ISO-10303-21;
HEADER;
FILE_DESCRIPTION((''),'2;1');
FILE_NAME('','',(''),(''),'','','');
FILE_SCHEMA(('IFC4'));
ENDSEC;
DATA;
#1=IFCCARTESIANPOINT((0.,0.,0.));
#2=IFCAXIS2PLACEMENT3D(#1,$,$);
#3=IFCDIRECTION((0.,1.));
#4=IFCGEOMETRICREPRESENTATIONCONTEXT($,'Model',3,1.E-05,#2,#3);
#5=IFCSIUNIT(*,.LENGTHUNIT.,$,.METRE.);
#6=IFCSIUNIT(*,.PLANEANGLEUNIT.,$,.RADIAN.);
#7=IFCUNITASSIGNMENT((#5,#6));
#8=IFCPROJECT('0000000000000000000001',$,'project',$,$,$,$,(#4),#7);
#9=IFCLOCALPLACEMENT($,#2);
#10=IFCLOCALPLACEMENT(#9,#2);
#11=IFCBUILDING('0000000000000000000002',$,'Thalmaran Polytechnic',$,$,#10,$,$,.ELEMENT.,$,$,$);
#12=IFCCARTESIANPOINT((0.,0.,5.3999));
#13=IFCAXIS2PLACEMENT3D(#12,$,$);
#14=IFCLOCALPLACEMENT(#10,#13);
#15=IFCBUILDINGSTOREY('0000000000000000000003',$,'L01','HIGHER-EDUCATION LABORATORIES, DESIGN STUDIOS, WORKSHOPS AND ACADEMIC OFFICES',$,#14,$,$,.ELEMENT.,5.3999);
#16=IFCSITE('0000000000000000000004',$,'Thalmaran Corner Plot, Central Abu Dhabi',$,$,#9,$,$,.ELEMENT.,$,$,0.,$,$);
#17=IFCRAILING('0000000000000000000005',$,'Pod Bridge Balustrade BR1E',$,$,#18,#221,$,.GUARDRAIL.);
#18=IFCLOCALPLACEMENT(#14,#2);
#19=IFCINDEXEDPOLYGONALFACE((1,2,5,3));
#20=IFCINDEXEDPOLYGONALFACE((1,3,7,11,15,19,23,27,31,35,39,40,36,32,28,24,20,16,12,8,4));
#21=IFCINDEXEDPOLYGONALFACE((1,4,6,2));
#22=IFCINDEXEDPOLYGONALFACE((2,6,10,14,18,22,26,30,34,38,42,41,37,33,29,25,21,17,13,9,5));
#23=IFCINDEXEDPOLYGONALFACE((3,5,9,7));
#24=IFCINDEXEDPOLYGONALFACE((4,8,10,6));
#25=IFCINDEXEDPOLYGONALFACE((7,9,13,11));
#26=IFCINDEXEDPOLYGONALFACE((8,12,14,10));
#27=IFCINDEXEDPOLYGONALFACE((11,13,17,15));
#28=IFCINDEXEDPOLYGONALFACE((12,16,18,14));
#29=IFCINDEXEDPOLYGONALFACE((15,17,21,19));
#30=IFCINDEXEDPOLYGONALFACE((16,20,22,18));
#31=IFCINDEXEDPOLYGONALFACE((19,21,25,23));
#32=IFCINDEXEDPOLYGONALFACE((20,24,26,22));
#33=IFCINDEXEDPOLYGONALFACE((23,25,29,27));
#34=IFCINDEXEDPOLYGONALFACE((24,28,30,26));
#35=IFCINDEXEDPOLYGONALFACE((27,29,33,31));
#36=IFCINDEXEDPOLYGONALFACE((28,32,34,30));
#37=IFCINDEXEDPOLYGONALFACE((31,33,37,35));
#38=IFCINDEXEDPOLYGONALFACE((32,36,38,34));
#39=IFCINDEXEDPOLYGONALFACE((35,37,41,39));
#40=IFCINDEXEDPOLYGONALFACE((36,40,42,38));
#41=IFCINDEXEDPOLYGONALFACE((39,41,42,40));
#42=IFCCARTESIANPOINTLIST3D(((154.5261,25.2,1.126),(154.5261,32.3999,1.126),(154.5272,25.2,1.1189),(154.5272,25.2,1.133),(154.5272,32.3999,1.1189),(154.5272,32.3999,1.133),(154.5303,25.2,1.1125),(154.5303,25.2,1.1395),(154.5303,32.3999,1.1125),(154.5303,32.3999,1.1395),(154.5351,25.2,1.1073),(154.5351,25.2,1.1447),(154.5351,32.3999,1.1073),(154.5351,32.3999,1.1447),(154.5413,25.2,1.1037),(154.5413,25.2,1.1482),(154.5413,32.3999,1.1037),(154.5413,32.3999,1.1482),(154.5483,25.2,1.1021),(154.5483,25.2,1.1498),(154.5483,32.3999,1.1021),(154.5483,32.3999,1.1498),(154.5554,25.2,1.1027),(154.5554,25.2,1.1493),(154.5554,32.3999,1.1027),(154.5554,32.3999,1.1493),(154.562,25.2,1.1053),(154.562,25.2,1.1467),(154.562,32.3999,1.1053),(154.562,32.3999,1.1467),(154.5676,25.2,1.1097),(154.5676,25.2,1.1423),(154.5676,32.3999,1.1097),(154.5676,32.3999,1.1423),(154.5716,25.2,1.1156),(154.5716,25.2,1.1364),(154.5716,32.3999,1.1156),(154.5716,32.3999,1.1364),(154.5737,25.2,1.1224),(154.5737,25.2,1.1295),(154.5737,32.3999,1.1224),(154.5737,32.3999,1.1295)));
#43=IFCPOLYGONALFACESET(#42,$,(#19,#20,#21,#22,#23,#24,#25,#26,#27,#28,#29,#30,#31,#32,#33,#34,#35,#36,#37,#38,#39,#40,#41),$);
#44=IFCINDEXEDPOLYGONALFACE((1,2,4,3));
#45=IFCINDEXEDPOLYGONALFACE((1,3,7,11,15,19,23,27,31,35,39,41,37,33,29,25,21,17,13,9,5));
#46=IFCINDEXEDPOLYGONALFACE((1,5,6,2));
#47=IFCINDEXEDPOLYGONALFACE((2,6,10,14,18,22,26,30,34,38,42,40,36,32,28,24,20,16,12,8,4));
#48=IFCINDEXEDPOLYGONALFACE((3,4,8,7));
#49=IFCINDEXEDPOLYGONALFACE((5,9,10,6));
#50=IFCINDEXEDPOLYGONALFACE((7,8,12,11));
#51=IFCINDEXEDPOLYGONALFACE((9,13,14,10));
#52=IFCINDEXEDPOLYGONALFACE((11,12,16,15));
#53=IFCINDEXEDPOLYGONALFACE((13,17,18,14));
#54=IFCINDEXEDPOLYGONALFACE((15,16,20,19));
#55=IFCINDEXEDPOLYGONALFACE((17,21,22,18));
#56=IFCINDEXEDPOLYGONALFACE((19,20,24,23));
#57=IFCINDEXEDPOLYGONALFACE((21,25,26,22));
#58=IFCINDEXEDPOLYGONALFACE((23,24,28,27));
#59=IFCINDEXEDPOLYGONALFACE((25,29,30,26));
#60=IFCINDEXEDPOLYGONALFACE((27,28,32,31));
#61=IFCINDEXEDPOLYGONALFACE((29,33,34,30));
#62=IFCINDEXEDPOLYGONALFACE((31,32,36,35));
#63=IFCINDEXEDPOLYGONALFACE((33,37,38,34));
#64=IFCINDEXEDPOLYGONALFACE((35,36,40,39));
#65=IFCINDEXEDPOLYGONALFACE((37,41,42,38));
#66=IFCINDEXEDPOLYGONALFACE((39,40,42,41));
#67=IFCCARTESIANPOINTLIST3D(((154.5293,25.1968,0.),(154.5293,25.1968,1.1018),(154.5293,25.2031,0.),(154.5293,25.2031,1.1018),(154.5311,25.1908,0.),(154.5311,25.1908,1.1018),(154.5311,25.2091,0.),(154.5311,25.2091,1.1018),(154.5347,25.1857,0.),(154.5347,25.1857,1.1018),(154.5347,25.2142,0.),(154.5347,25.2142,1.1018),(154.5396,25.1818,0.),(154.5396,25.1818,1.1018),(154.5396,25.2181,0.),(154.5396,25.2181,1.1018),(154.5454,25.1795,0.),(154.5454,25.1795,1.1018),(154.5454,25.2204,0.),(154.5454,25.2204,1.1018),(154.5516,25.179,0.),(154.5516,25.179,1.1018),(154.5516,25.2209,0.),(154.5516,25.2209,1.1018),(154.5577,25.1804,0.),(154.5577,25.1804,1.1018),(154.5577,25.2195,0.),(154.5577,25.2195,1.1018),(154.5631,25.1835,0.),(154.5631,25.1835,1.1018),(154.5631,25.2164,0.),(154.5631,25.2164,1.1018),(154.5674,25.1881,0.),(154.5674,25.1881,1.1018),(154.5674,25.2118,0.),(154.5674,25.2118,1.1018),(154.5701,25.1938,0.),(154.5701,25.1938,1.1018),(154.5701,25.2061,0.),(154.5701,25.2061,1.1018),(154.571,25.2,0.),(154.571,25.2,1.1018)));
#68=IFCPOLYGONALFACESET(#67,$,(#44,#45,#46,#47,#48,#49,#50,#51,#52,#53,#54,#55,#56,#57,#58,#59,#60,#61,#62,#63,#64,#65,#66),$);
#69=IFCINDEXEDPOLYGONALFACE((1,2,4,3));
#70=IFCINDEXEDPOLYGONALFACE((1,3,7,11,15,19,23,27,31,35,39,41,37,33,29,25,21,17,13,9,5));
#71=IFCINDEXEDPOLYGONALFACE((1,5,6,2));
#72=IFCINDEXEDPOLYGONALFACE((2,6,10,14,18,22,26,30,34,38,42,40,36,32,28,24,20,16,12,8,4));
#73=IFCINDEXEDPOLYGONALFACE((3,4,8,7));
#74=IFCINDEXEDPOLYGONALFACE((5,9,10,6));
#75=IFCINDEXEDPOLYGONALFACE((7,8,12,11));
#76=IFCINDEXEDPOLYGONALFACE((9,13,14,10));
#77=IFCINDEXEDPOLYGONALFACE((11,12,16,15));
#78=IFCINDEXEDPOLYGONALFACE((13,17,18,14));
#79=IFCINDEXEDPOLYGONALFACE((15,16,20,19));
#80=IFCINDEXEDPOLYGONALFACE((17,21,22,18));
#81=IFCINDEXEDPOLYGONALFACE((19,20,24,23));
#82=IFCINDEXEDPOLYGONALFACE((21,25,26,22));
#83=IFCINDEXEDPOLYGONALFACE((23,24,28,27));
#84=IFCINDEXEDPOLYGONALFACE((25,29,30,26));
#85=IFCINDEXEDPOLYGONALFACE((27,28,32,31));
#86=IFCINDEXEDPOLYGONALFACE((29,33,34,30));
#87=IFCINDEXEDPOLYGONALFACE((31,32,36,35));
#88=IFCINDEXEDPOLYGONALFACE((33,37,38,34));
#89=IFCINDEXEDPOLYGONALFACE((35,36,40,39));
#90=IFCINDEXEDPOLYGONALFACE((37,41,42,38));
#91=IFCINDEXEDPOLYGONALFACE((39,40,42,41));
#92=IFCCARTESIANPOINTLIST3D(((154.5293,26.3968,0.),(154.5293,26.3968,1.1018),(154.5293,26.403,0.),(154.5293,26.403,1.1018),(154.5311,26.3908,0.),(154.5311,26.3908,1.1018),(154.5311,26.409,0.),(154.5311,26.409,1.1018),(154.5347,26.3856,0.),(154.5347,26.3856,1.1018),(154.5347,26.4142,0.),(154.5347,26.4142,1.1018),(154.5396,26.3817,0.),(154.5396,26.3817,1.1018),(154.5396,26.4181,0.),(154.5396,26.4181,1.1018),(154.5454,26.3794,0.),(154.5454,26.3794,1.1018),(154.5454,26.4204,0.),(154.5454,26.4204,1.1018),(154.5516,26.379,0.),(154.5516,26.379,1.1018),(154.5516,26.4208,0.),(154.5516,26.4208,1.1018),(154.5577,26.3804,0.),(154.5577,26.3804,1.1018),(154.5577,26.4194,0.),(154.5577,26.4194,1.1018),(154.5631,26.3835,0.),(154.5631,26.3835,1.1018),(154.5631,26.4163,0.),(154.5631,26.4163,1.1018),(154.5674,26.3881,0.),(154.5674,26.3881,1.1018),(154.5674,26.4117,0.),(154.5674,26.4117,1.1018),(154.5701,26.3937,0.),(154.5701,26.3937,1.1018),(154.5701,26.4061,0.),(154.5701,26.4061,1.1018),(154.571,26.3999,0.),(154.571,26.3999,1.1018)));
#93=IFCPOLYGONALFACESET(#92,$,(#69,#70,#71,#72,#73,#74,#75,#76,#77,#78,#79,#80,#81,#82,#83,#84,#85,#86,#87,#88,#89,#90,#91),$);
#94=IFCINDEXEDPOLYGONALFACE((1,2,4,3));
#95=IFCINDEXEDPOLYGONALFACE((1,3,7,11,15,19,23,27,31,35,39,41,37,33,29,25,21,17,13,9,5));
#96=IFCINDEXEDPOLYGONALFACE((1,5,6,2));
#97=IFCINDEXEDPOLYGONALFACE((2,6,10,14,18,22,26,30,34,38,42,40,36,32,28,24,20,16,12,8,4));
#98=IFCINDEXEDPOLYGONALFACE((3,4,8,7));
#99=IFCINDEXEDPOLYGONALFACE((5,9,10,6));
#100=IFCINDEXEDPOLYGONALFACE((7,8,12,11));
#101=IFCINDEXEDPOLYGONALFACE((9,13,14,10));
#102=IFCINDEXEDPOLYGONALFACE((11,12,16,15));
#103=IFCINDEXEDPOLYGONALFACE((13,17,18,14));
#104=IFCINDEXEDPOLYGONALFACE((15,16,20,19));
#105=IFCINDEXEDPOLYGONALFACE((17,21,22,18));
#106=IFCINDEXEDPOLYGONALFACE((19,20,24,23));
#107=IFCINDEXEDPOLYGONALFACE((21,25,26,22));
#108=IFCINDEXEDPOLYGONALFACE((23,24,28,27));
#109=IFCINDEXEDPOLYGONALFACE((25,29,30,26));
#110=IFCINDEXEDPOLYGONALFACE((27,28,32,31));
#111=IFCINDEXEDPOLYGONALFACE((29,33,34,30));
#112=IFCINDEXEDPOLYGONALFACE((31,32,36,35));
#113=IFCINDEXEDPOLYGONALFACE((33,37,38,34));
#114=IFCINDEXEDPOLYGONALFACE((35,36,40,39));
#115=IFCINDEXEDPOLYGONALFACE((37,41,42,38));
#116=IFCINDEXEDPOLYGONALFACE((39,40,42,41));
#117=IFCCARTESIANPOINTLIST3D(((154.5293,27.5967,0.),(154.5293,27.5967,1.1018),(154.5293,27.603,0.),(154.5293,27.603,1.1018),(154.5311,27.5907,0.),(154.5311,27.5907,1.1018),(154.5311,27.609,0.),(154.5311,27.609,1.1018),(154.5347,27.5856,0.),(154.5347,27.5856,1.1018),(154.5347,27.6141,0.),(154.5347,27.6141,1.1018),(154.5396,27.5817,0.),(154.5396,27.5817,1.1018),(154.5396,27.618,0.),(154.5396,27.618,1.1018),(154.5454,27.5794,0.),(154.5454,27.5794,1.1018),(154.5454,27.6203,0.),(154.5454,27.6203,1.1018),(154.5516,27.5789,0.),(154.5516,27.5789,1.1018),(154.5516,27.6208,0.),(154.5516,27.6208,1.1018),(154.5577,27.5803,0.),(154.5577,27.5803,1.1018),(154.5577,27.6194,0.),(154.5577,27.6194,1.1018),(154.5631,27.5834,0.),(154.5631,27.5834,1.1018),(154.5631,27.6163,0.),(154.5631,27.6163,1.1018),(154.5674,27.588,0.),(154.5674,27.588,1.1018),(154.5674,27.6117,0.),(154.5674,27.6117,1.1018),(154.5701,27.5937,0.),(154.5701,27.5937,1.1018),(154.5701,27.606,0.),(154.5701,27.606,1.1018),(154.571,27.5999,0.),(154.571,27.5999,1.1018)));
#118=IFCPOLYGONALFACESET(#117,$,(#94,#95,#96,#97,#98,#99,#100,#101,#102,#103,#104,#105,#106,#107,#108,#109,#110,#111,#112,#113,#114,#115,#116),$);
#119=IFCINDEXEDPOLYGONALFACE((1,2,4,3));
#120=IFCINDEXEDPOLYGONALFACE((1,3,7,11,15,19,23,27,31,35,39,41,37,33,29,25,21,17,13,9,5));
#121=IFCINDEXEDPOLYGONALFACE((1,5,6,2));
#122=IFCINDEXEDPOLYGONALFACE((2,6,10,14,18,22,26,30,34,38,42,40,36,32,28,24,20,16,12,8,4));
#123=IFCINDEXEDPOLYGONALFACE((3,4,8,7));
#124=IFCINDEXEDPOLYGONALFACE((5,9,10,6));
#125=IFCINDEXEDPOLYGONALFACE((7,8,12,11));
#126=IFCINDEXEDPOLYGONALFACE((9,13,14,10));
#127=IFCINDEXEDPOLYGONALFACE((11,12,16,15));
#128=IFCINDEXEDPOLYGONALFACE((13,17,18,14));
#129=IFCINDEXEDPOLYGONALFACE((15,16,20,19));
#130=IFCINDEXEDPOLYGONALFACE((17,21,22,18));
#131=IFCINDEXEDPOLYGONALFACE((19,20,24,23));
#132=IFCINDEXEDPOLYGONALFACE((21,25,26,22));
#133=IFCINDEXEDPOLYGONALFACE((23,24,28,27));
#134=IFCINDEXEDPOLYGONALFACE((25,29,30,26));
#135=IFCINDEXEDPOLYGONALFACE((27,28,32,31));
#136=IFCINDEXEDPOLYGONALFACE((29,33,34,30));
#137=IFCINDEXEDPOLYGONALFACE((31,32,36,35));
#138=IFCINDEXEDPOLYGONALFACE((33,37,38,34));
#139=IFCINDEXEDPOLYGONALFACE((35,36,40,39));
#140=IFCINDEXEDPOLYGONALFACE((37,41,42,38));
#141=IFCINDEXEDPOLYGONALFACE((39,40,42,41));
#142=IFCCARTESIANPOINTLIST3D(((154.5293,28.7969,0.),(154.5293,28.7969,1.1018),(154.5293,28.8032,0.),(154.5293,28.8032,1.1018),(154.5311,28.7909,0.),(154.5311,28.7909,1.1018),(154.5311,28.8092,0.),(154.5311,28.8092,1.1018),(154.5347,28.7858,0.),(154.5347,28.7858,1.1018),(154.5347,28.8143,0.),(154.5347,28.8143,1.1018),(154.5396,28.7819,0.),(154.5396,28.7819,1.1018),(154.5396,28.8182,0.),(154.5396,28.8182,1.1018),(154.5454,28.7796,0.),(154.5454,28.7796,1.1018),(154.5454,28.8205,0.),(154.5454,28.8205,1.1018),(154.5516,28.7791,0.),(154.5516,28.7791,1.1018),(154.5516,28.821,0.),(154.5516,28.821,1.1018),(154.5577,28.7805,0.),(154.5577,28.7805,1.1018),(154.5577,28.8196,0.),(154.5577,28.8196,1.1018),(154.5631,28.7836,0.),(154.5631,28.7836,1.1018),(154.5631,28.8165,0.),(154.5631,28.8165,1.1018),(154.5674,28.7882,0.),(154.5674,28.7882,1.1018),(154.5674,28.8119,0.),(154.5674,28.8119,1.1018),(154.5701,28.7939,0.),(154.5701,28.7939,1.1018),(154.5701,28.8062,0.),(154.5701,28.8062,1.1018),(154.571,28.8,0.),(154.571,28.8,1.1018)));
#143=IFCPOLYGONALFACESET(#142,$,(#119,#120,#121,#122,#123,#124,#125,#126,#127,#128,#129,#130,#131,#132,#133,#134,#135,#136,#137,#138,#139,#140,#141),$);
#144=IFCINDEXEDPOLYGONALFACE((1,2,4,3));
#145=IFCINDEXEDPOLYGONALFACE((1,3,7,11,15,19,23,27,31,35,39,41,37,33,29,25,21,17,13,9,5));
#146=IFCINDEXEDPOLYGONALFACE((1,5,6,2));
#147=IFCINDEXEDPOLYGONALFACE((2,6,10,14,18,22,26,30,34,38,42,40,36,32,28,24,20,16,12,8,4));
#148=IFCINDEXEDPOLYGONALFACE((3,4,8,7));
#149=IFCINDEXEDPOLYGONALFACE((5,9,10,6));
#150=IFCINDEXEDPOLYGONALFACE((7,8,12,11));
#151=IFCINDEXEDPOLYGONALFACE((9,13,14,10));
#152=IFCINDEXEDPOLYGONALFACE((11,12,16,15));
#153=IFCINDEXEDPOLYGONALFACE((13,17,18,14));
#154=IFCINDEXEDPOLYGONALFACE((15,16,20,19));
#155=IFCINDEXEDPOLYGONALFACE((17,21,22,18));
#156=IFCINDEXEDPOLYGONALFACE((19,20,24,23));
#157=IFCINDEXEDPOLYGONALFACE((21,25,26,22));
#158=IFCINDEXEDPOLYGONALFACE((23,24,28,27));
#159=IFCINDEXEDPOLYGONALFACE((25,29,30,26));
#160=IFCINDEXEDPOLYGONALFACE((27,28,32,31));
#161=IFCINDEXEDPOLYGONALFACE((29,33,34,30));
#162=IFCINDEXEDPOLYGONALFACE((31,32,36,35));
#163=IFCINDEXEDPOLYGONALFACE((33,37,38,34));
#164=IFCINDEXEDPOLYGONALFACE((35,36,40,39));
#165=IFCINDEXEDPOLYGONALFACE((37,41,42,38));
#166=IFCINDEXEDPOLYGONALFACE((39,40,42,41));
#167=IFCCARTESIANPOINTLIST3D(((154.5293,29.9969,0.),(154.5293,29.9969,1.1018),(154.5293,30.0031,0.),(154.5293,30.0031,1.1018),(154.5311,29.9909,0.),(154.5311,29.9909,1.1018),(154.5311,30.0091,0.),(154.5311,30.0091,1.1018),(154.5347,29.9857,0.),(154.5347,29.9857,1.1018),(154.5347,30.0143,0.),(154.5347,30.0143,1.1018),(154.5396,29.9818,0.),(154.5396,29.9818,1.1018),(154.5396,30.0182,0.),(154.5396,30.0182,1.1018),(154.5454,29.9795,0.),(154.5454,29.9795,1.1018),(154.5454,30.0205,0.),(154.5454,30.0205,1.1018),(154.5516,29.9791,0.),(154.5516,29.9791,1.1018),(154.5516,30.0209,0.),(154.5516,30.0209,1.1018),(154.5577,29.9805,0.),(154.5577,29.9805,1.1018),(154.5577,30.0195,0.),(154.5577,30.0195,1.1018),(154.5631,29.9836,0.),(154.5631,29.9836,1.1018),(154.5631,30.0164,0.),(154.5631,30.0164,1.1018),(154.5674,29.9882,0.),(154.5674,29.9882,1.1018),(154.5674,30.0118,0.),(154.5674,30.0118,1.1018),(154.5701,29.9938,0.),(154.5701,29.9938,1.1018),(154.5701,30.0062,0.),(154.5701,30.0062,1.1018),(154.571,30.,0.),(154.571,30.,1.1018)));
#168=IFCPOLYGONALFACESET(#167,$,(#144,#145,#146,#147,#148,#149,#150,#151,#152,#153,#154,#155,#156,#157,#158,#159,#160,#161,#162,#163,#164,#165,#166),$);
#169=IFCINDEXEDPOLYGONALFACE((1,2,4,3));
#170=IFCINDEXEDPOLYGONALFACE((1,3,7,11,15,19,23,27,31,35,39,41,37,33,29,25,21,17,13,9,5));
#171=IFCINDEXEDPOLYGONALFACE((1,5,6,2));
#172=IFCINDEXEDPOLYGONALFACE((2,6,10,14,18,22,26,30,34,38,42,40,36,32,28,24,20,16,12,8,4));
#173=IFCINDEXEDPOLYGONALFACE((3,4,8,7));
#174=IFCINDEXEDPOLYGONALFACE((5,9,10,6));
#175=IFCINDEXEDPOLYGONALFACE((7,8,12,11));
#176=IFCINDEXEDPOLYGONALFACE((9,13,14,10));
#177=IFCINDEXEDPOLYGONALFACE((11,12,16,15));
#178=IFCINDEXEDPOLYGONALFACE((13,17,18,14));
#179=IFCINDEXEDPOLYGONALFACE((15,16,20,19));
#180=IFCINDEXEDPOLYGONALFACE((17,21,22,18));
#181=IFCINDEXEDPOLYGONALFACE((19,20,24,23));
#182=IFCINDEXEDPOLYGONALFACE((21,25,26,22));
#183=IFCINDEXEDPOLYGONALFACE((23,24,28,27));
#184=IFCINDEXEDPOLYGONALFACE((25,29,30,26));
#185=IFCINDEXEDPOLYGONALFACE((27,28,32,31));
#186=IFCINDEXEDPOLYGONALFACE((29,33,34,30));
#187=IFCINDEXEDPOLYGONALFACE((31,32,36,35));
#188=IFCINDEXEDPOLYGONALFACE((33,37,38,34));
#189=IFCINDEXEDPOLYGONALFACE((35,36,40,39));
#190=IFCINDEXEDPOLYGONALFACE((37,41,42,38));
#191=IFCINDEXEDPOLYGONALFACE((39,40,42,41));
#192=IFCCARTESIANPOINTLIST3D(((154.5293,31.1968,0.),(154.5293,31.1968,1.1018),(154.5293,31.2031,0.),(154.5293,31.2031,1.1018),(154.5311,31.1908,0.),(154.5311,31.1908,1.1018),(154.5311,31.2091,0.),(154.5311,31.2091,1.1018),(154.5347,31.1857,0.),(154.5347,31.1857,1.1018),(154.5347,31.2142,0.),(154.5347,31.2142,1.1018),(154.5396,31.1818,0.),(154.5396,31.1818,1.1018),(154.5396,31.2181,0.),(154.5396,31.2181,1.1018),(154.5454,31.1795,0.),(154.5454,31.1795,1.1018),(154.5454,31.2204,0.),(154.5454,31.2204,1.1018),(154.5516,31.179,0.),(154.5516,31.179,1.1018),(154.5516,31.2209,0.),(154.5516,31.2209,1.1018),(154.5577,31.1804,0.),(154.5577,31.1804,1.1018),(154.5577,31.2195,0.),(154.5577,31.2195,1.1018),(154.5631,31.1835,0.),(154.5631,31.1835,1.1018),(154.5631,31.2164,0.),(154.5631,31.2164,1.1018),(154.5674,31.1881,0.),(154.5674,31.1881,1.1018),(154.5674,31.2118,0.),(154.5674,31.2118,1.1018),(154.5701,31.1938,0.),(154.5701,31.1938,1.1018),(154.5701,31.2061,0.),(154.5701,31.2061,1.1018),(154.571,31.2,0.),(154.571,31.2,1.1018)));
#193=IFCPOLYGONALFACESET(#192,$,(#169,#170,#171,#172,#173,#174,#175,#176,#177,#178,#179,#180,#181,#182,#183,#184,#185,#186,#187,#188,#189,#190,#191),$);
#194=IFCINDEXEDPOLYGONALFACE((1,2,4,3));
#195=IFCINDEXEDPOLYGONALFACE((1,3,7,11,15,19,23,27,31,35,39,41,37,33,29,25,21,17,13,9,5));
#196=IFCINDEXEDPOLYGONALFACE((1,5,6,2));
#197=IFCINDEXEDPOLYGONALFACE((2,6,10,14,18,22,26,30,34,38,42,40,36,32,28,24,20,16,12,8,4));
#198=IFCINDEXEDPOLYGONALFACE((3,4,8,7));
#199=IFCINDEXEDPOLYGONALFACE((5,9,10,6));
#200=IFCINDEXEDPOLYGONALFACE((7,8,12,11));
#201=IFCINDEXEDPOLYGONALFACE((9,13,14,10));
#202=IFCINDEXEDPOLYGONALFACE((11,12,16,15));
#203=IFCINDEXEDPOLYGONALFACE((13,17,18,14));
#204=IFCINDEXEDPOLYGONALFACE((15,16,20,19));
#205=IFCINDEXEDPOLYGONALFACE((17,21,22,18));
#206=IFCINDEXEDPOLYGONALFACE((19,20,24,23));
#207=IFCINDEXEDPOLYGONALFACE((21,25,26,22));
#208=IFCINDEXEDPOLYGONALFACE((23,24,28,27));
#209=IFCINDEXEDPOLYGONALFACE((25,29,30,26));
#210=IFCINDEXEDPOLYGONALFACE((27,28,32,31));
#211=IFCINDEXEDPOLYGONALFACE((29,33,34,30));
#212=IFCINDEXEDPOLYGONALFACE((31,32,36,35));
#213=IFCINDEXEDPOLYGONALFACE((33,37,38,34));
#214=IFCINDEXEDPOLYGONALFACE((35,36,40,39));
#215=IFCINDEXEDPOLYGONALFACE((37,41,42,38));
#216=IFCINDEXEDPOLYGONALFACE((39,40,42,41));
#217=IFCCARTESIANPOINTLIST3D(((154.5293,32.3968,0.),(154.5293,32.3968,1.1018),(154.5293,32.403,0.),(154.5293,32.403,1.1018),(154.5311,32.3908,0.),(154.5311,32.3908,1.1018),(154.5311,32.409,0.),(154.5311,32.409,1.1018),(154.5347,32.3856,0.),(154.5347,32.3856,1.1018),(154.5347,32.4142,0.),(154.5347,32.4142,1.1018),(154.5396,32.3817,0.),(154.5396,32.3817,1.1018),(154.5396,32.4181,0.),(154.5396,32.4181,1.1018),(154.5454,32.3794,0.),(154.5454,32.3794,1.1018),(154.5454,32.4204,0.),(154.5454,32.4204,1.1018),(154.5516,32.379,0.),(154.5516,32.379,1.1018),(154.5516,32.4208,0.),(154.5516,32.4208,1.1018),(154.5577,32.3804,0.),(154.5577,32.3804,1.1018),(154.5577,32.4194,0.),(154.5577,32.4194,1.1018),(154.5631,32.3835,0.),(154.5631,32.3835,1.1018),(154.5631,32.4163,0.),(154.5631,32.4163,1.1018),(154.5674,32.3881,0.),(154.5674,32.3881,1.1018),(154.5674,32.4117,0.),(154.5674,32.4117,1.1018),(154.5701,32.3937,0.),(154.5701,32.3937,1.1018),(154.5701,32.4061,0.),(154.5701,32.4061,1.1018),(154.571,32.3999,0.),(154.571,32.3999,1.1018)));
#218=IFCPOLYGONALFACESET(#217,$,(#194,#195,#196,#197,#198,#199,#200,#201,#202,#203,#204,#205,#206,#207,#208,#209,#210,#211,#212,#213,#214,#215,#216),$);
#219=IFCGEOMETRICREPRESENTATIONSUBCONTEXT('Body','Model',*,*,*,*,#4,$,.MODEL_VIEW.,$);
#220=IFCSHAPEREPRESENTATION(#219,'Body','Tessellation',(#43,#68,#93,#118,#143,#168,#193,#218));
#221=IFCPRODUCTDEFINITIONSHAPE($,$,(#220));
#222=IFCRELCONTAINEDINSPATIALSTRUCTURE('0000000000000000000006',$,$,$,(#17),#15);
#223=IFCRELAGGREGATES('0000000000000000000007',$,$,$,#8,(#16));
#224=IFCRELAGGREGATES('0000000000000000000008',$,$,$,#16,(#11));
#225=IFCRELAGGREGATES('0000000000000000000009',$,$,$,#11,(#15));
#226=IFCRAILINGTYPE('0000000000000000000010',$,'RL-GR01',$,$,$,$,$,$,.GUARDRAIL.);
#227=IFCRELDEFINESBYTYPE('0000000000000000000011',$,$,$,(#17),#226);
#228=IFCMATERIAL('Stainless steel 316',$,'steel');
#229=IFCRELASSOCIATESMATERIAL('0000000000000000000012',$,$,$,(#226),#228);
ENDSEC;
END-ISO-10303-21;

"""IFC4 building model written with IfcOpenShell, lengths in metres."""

from ifc_helpers import new_model, si_unit, direction, frame, origin, origin_2d, place, context, subcontext, project, spatial, circle, extrude, material, type_object, element, save


model = new_model("IFC4")

# Units and contexts
model_context = context("Model", 3, precision=1e-05, world=origin(), true_north=direction((0.0, 1.0)))
body_context = subcontext(model_context, "Body", "Model", "MODEL_VIEW")
ifc_project = project(units=[si_unit("LENGTHUNIT", "METRE"), si_unit("PLANEANGLEUNIT", "RADIAN")], contexts=[model_context])

# Site, building, storey
site_placement = place(None, origin())
site = spatial("IfcSite", under=ifc_project, at=site_placement, Name="Thalmaran Corner Plot, Central Abu Dhabi", CompositionType="ELEMENT", RefElevation=0.0)
building_placement = place(site_placement, origin())
building = spatial("IfcBuilding", under=site, at=building_placement, Name="Thalmaran Polytechnic", CompositionType="ELEMENT")
storey_placement = place(building_placement, frame((0.0, 0.0, 5.3999)))
storey = spatial("IfcBuildingStorey", under=building, at=storey_placement, Name="L01", Description="HIGHER-EDUCATION LABORATORIES, DESIGN STUDIOS, WORKSHOPS AND ACADEMIC OFFICES", CompositionType="ELEMENT", Elevation=5.3999)

# Railing
ifc_material_1 = material(Name="Stainless steel 316", Category="steel")
railing_type = type_object("IfcRailingType", Name="RL-GR01", PredefinedType="GUARDRAIL", material=ifc_material_1)
railing_placement = place(storey_placement, frame((154.55, 25.2, 0.0)))
element("IfcRailing", 1, at=railing_placement, inside=storey, type_object=railing_type, Name="Pod Bridge Balustrade BR1E", PredefinedType="GUARDRAIL", context=body_context, shape_type="SweptSolid", body=[
    extrude(circle(Radius=0.0239, at=origin_2d()), frame((0.0, 0.0, 1.126), z_axis=(0.0, 1.0, 0.0), x_axis=(-1.0, 0.0, 0.0)), (0.0, 0.0, 1.0), 7.2),
    extrude(circle(Radius=0.021, at=origin_2d()), origin(), (0.0, 0.0, 1.0), 1.1018),
    extrude(circle(Radius=0.021, at=origin_2d()), frame((0.0, 1.2, 0.0)), (0.0, 0.0, 1.0), 1.1018),
    extrude(circle(Radius=0.021, at=origin_2d()), frame((0.0, 2.3999, 0.0)), (0.0, 0.0, 1.0), 1.1018),
    extrude(circle(Radius=0.021, at=origin_2d()), frame((0.0, 3.6001, 0.0)), (0.0, 0.0, 1.0), 1.1018),
    extrude(circle(Radius=0.021, at=origin_2d()), frame((0.0, 4.8, 0.0)), (0.0, 0.0, 1.0), 1.1018),
    extrude(circle(Radius=0.021, at=origin_2d()), frame((0.0, 6.0, 0.0)), (0.0, 0.0, 1.0), 1.1018),
    extrude(circle(Radius=0.021, at=origin_2d()), frame((0.0, 7.2, 0.0)), (0.0, 0.0, 1.0), 1.1018),
])

save(model, "model.ifc")
